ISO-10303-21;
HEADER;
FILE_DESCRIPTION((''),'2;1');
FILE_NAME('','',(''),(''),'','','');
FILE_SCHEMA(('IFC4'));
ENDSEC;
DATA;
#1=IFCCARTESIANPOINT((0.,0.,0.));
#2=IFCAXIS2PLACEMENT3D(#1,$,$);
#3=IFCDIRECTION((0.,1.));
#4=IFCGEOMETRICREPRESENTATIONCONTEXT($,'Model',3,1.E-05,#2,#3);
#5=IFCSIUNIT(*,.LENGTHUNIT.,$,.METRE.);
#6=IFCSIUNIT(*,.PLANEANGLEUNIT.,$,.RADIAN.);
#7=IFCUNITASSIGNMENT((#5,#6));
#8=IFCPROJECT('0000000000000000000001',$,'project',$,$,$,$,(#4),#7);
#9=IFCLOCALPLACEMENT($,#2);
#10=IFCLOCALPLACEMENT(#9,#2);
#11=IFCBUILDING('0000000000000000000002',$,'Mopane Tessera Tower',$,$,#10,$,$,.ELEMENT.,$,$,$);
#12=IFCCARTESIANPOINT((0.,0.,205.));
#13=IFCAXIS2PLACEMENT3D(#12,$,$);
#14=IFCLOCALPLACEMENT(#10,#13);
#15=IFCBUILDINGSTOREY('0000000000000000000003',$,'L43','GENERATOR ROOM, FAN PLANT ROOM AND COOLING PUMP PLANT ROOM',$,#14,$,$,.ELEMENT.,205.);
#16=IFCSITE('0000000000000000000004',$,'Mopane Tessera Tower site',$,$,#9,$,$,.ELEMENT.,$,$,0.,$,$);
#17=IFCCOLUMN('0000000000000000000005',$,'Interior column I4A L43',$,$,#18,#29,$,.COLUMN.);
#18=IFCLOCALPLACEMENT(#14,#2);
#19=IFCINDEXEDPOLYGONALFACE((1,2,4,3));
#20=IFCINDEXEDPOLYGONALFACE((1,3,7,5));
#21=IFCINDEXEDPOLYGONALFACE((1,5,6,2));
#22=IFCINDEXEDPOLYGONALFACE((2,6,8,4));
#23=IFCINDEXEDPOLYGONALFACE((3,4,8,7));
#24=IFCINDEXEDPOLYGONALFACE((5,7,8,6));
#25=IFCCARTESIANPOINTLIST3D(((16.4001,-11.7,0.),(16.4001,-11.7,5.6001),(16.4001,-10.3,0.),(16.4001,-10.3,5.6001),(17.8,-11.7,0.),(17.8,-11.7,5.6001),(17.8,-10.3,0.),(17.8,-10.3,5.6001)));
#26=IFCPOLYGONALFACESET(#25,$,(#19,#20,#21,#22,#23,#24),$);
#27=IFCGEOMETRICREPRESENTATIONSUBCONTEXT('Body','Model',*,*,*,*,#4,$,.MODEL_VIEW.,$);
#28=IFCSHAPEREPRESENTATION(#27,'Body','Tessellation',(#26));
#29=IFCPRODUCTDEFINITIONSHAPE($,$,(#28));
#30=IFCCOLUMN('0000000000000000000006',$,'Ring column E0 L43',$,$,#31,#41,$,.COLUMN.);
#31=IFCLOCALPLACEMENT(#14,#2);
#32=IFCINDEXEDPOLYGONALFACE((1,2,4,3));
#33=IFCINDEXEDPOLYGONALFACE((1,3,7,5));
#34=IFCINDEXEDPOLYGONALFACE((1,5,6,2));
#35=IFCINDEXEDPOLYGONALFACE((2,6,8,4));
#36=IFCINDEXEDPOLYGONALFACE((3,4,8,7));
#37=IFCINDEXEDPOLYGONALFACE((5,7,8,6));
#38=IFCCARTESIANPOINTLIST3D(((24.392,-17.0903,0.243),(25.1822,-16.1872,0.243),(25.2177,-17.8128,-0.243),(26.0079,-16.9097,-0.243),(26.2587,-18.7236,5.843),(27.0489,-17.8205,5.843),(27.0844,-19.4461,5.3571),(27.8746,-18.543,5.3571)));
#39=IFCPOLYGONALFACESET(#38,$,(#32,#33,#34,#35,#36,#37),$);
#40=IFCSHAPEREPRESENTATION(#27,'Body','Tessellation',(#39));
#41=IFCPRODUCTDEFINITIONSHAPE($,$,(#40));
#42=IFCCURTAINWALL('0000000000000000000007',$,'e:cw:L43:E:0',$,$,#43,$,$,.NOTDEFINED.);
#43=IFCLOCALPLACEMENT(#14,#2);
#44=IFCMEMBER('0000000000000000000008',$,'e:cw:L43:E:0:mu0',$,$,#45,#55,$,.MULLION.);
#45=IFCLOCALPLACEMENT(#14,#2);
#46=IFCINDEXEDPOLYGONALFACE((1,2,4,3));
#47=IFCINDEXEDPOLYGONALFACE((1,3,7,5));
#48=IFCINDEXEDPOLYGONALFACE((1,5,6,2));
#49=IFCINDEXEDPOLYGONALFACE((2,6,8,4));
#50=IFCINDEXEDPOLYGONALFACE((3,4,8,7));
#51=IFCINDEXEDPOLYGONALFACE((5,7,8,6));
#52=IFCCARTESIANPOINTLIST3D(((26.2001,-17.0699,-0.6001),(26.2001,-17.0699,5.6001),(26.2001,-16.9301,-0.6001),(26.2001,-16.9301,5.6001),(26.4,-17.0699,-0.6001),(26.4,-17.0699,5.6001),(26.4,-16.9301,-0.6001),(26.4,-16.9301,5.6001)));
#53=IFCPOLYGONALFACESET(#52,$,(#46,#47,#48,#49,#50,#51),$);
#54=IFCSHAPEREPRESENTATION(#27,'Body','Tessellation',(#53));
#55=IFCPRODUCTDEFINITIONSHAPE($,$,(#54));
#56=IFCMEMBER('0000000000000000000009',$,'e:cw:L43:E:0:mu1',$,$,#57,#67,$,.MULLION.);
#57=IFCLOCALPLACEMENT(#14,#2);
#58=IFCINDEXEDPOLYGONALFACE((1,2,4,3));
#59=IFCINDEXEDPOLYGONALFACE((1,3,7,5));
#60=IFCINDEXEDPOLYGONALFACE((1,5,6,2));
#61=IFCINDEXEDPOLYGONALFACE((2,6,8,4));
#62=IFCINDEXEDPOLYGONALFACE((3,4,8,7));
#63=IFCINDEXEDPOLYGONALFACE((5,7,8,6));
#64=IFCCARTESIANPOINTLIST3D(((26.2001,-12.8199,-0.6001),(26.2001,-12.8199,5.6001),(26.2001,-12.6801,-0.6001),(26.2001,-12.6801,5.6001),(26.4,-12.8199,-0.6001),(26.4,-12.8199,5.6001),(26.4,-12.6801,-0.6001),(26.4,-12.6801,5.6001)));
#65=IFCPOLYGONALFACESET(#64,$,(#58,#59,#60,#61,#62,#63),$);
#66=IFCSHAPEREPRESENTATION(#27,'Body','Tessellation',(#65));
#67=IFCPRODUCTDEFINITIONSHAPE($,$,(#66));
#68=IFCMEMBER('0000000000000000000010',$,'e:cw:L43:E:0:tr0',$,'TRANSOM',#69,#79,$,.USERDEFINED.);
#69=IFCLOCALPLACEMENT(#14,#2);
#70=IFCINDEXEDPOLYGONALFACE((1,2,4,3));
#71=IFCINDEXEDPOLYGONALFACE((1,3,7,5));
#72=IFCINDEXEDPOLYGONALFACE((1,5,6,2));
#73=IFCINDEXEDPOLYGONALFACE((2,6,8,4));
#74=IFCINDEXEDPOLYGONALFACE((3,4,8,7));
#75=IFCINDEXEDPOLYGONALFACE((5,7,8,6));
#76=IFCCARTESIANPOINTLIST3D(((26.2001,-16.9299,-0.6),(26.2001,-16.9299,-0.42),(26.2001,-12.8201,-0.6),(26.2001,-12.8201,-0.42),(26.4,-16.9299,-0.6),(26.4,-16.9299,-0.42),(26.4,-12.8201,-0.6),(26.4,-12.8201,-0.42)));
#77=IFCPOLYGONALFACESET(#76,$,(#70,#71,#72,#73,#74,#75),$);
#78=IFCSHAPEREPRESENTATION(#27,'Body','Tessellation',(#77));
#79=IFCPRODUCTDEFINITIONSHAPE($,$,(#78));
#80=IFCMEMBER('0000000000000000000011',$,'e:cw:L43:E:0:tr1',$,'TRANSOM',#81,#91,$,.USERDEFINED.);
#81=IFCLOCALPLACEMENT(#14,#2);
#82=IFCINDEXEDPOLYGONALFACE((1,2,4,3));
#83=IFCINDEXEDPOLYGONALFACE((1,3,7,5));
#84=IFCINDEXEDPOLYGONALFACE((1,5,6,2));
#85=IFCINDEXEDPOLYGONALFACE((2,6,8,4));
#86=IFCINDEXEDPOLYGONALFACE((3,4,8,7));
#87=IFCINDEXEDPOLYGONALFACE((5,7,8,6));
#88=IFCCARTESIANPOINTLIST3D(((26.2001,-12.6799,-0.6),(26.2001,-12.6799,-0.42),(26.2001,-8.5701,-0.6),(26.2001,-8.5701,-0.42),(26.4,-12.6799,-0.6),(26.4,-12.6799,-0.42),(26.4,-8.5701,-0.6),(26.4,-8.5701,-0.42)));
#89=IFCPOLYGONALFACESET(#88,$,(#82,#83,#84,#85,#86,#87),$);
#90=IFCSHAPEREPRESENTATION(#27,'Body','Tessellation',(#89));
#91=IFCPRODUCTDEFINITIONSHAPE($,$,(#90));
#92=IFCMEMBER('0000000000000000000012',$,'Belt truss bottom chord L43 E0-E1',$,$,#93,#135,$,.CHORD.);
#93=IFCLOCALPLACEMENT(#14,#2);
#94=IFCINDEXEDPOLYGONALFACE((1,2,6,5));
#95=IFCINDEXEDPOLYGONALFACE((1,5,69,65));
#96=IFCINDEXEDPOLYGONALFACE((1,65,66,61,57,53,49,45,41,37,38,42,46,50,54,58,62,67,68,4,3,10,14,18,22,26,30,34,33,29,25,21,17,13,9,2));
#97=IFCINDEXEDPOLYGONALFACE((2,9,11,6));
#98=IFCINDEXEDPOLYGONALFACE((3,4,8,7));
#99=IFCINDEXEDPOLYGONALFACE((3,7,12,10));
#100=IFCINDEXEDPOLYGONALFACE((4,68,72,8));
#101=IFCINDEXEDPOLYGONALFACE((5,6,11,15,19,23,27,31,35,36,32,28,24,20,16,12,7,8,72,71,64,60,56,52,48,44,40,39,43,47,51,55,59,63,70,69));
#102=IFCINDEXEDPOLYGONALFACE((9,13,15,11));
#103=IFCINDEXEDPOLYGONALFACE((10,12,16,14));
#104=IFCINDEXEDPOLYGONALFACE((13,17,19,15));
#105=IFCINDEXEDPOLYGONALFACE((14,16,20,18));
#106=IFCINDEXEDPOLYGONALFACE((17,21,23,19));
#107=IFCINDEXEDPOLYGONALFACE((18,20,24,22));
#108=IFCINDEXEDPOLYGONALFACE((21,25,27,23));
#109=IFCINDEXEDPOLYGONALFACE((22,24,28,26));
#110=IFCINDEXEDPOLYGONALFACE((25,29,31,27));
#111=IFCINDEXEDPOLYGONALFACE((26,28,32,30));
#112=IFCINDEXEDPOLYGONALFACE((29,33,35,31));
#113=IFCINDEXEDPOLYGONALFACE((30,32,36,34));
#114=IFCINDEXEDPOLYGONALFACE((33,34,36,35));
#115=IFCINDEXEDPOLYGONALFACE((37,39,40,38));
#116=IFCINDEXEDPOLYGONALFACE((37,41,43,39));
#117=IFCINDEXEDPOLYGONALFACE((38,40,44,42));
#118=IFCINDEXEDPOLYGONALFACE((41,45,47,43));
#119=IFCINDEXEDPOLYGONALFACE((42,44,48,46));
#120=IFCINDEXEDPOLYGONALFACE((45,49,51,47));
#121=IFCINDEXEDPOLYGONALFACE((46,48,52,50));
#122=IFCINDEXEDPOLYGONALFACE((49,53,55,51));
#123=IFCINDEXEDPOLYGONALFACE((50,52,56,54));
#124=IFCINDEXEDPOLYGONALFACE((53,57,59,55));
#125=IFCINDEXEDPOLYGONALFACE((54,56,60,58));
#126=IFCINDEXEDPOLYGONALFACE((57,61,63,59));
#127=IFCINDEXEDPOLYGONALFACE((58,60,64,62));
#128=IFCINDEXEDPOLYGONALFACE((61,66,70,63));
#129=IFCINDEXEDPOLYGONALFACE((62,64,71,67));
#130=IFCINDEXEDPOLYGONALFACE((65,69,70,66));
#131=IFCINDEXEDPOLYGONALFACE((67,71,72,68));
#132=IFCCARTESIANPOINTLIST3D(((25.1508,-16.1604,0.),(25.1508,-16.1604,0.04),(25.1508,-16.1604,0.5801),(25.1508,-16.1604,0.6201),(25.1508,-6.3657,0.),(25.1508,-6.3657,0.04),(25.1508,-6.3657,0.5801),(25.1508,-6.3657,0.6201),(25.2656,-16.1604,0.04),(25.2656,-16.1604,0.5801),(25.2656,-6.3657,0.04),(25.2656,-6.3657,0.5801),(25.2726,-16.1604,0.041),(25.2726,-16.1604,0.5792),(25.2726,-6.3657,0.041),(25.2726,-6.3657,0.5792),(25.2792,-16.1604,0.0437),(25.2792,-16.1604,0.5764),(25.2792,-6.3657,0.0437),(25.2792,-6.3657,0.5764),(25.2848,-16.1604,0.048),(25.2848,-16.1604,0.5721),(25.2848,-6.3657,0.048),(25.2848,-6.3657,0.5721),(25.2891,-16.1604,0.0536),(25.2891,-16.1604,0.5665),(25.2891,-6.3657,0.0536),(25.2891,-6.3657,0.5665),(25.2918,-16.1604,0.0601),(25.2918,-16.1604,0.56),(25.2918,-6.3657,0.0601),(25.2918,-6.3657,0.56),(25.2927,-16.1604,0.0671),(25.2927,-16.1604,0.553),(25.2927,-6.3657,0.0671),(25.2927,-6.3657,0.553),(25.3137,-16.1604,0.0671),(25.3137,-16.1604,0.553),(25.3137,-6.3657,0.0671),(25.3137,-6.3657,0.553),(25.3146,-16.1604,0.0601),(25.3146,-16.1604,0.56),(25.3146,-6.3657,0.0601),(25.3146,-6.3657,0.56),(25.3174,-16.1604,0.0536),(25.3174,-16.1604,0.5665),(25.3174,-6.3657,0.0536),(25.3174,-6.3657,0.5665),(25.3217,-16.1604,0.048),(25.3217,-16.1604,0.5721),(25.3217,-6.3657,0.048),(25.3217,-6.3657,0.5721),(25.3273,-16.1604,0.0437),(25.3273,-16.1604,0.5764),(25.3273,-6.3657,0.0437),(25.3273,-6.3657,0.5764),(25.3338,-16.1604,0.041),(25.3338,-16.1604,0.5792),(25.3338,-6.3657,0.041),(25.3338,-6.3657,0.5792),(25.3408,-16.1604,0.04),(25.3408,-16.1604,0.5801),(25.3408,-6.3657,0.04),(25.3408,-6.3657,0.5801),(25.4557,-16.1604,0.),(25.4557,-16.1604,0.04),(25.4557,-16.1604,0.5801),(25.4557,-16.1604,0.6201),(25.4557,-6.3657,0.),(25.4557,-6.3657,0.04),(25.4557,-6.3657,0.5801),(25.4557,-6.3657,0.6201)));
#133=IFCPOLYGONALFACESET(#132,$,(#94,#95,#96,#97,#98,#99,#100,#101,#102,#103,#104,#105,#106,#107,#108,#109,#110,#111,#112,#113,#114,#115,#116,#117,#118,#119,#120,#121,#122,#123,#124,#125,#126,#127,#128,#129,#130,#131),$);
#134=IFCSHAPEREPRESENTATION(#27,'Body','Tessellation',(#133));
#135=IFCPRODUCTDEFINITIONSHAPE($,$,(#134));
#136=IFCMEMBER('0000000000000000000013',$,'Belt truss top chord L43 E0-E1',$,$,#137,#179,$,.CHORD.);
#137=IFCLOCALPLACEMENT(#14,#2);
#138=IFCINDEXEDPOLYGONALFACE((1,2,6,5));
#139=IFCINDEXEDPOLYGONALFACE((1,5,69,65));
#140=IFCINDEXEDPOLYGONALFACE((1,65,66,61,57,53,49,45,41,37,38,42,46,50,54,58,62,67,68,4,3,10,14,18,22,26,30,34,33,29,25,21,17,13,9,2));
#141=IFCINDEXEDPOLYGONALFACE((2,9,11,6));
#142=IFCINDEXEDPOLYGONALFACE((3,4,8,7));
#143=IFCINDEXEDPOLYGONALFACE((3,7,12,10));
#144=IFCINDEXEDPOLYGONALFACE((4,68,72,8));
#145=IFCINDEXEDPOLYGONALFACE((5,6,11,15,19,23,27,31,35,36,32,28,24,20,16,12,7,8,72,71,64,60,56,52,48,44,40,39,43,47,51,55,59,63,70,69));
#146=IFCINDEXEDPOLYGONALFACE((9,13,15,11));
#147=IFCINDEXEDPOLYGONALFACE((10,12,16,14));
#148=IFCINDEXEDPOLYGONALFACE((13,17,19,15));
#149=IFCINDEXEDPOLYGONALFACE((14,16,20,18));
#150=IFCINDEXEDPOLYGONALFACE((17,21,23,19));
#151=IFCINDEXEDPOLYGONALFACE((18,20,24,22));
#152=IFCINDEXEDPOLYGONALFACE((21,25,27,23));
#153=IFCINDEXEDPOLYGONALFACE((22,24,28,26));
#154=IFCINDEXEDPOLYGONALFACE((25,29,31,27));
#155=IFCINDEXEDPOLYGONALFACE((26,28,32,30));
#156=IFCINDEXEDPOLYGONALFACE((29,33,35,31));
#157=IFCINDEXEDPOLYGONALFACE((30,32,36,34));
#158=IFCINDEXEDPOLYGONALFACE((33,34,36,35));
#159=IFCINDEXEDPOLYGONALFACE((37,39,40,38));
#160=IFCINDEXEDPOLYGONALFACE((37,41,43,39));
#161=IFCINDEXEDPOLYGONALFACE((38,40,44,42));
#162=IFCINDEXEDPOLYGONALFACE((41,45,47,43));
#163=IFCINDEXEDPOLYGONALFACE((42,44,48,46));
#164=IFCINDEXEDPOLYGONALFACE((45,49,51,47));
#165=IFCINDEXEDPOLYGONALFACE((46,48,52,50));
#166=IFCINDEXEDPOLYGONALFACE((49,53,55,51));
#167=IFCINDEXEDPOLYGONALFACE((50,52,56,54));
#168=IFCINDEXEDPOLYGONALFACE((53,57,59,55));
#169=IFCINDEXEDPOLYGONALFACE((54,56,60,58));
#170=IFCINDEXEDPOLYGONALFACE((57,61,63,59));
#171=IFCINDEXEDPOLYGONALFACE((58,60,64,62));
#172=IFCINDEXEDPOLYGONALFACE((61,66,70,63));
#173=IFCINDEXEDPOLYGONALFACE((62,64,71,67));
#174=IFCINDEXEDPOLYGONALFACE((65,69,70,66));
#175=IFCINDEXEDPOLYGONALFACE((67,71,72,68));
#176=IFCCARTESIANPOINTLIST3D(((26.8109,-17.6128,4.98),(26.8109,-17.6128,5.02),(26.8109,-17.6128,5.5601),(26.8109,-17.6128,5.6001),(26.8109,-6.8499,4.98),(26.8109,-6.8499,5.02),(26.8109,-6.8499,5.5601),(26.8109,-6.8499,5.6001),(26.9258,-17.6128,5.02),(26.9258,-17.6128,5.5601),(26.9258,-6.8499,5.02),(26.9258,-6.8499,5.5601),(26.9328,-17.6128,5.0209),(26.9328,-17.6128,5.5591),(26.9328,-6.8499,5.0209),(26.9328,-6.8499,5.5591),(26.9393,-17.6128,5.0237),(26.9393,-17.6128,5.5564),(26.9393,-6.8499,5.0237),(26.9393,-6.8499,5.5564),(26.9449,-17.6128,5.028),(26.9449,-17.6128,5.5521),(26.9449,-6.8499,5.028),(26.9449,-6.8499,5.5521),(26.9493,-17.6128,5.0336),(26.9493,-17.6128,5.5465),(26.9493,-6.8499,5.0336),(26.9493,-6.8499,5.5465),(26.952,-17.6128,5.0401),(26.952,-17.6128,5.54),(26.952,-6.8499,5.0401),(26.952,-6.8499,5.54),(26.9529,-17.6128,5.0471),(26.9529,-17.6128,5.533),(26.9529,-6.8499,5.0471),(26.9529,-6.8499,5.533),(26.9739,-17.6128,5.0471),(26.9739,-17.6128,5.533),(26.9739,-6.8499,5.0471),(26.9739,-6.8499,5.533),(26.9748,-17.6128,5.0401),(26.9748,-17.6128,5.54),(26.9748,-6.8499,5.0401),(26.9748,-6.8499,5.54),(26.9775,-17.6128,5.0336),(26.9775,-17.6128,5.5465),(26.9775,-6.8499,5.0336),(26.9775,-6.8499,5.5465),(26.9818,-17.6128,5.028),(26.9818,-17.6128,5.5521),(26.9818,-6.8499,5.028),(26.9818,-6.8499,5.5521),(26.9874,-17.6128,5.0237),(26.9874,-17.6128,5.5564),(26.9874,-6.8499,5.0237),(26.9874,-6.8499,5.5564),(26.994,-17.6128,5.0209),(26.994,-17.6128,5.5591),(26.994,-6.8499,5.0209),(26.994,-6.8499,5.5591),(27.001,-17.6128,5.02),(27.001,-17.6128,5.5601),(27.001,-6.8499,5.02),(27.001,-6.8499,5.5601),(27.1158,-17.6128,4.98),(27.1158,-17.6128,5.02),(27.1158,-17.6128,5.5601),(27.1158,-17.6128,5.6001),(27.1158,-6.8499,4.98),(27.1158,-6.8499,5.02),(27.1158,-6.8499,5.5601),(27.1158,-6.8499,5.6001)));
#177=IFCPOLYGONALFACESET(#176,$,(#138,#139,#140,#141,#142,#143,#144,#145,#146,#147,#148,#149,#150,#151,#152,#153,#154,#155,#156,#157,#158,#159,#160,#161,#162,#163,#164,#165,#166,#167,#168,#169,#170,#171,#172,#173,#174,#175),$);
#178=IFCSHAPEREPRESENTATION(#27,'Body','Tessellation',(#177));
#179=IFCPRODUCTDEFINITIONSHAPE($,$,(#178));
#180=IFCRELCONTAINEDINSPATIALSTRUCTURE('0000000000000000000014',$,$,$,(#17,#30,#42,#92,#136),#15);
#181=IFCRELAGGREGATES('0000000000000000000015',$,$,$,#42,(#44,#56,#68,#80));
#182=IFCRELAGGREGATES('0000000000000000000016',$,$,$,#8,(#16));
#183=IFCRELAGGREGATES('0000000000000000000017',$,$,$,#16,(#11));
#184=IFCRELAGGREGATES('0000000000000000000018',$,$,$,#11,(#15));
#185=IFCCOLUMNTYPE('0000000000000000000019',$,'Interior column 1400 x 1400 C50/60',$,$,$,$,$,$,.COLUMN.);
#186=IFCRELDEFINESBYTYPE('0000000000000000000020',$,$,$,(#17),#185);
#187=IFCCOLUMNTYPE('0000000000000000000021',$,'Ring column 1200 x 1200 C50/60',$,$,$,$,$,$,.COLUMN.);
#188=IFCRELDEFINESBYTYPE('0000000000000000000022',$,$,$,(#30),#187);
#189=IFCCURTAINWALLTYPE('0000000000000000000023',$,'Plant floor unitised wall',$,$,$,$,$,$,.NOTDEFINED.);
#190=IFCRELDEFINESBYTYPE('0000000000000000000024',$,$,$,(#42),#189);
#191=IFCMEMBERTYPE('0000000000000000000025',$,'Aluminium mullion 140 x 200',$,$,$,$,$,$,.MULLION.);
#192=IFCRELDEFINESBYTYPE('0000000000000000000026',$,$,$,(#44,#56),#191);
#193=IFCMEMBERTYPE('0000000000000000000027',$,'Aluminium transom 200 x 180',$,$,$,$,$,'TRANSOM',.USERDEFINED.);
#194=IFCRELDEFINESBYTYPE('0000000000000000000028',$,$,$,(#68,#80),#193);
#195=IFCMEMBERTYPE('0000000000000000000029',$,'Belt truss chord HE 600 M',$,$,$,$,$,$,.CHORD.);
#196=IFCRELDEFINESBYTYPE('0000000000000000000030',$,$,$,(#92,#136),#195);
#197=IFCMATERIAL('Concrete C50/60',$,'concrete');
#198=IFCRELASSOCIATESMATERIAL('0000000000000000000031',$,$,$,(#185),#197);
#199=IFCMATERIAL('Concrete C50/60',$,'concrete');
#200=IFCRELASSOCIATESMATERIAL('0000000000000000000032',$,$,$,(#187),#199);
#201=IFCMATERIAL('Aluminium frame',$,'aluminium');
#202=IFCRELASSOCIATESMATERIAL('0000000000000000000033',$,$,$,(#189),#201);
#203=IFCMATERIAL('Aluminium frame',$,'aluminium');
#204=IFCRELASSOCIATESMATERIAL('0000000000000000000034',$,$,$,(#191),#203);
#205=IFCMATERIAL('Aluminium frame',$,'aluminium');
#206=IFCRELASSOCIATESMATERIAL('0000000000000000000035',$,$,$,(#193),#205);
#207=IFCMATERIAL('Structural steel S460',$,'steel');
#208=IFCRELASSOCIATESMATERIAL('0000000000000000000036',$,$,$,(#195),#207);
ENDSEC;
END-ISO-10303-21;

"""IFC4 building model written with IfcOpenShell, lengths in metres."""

from ifc_helpers import new_model, si_unit, direction, frame, origin, origin_2d, place, context, subcontext, project, spatial, rectangle, i_section, extrude, material, material_profile, profile_set, type_object, element, aggregate, save


model = new_model("IFC4")

# Units and contexts
model_context = context("Model", 3, precision=1e-05, world=origin(), true_north=direction((0.0, 1.0)))
body_context = subcontext(model_context, "Body", "Model", "MODEL_VIEW")
ifc_project = project(units=[si_unit("LENGTHUNIT", "METRE"), si_unit("PLANEANGLEUNIT", "RADIAN")], contexts=[model_context])

# Site, building, storey
site_placement = place(None, origin())
site = spatial("IfcSite", under=ifc_project, at=site_placement, Name="Mopane Tessera Tower site", CompositionType="ELEMENT", RefElevation=0.0)
building_placement = place(site_placement, origin())
building = spatial("IfcBuilding", under=site, at=building_placement, Name="Mopane Tessera Tower", CompositionType="ELEMENT")
storey_placement = place(building_placement, frame((0.0, 0.0, 205.0)))
storey = spatial("IfcBuildingStorey", under=building, at=storey_placement, Name="L43", Description="GENERATOR ROOM, FAN PLANT ROOM AND COOLING PUMP PLANT ROOM", CompositionType="ELEMENT", Elevation=205.0)

# Columns
ifc_material_1 = material(Name="Concrete C50/60", Category="concrete")
ifc_material_profile_1 = material_profile(ifc_material_1, rectangle(XDim=1.3999, YDim=1.3999, at=origin_2d()))
ifc_profile_set_1 = profile_set([ifc_material_profile_1], Name="Concrete C50/60")
column_type_1 = type_object("IfcColumnType", Name="Interior column 1400 x 1400 C50/60", PredefinedType="COLUMN", material=ifc_profile_set_1)
column_1_placement = place(storey_placement, frame((17.1001, -11.0, 0.0), z_axis=(0.0, 0.0, 1.0), x_axis=(1.0, 0.0, 0.0)))
element("IfcColumn", 1, at=column_1_placement, inside=storey, type_object=column_type_1, Name="Interior column I4A L43", PredefinedType="COLUMN", context=body_context, shape_type="SweptSolid", body=[
    extrude(rectangle(XDim=1.3999, YDim=1.3999, at=origin_2d()), origin(), (0.0, 0.0, 1.0), 5.6001),
])
ifc_material_2 = material(Name="Concrete C50/60", Category="concrete")
ifc_material_profile_2 = material_profile(ifc_material_2, rectangle(XDim=1.2, YDim=1.2, at=origin_2d()))
ifc_profile_set_2 = profile_set([ifc_material_profile_2], Name="Concrete C50/60")
column_type_2 = type_object("IfcColumnType", Name="Ring column 1200 x 1200 C50/60", PredefinedType="COLUMN", material=ifc_profile_set_2)
column_2_placement = place(storey_placement, frame((25.2, -17.0, 0.0), z_axis=(0.304777, -0.26667, 0.91433), x_axis=(0.658491, 0.752589, 0.0)))
element("IfcColumn", 2, at=column_2_placement, inside=storey, type_object=column_type_2, Name="Ring column E0 L43", PredefinedType="COLUMN", context=body_context, shape_type="SweptSolid", body=[
    extrude(rectangle(XDim=1.2, YDim=1.2, at=origin_2d()), origin(), (0.0, 0.0, 1.0), 6.1248),
])

# Curtain wall, members
ifc_material_3 = material(Name="Aluminium frame", Category="aluminium")
curtain_wall_type = type_object("IfcCurtainWallType", Name="Plant floor unitised wall", PredefinedType="NOTDEFINED", material=ifc_material_3)
curtain_wall_placement = place(storey_placement, origin())
curtain_wall = element("IfcCurtainWall", 3, at=curtain_wall_placement, inside=storey, type_object=curtain_wall_type, Name="e:cw:L43:E:0", PredefinedType="NOTDEFINED")
ifc_material_4 = material(Name="Aluminium frame", Category="aluminium")
ifc_material_profile_3 = material_profile(ifc_material_4, rectangle(XDim=0.1399, YDim=0.2, at=origin_2d()))
ifc_profile_set_3 = profile_set([ifc_material_profile_3], Name="Aluminium frame")
member_type_1 = type_object("IfcMemberType", Name="Aluminium mullion 140 x 200", PredefinedType="MULLION", material=ifc_profile_set_3)
member_1_placement = place(storey_placement, frame((26.3, -17.0, -0.6001), z_axis=(0.0, 0.0, 1.0), x_axis=(0.0, 1.0, 0.0)))
member_1 = element("IfcMember", 4, at=member_1_placement, type_object=member_type_1, Name="e:cw:L43:E:0:mu0", PredefinedType="MULLION", context=body_context, shape_type="SweptSolid", body=[
    extrude(rectangle(XDim=0.1399, YDim=0.2, at=origin_2d()), origin(), (0.0, 0.0, 1.0), 6.2002),
])
member_2_placement = place(storey_placement, frame((26.3, -12.75, -0.6001), z_axis=(0.0, 0.0, 1.0), x_axis=(0.0, 1.0, 0.0)))
member_2 = element("IfcMember", 5, at=member_2_placement, type_object=member_type_1, Name="e:cw:L43:E:0:mu1", PredefinedType="MULLION", context=body_context, shape_type="SweptSolid", body=[
    extrude(rectangle(XDim=0.1399, YDim=0.2, at=origin_2d()), origin(), (0.0, 0.0, 1.0), 6.2002),
])
ifc_material_5 = material(Name="Aluminium frame", Category="aluminium")
ifc_material_profile_4 = material_profile(ifc_material_5, rectangle(XDim=0.2, YDim=0.1799, at=origin_2d()))
ifc_profile_set_4 = profile_set([ifc_material_profile_4], Name="Aluminium frame")
member_type_2 = type_object("IfcMemberType", Name="Aluminium transom 200 x 180", ElementType="TRANSOM", PredefinedType="USERDEFINED", material=ifc_profile_set_4)
member_3_placement = place(storey_placement, frame((26.3, -16.9299, -0.51), z_axis=(0.0, 1.0, 0.0), x_axis=(-1.0, 0.0, 0.0)))
member_3 = element("IfcMember", 6, at=member_3_placement, type_object=member_type_2, Name="e:cw:L43:E:0:tr0", ObjectType="TRANSOM", PredefinedType="USERDEFINED", context=body_context, shape_type="SweptSolid", body=[
    extrude(rectangle(XDim=0.2, YDim=0.1799, at=origin_2d()), origin(), (0.0, 0.0, 1.0), 4.1099),
])
member_4_placement = place(storey_placement, frame((26.3, -12.6799, -0.51), z_axis=(0.0, 1.0, 0.0), x_axis=(-1.0, 0.0, 0.0)))
member_4 = element("IfcMember", 7, at=member_4_placement, type_object=member_type_2, Name="e:cw:L43:E:0:tr1", ObjectType="TRANSOM", PredefinedType="USERDEFINED", context=body_context, shape_type="SweptSolid", body=[
    extrude(rectangle(XDim=0.2, YDim=0.1799, at=origin_2d()), origin(), (0.0, 0.0, 1.0), 4.1099),
])

# Members
ifc_material_6 = material(Name="Structural steel S460", Category="steel")
ifc_material_profile_5 = material_profile(ifc_material_6, i_section(OverallWidth=0.3049, OverallDepth=0.6201, WebThickness=0.021, FlangeThickness=0.04, FilletRadius=0.0271, at=origin_2d()))
ifc_profile_set_5 = profile_set([ifc_material_profile_5], Name="Structural steel S460")
member_type_3 = type_object("IfcMemberType", Name="Belt truss chord HE 600 M", PredefinedType="CHORD", material=ifc_profile_set_5)
member_5_placement = place(storey_placement, frame((25.3032, -16.1604, 0.3101), z_axis=(0.0, 1.0, 0.0), x_axis=(-1.0, 0.0, 0.0)))
element("IfcMember", 8, at=member_5_placement, inside=storey, type_object=member_type_3, Name="Belt truss bottom chord L43 E0-E1", PredefinedType="CHORD", context=body_context, shape_type="SweptSolid", body=[
    extrude(i_section(OverallWidth=0.3049, OverallDepth=0.6201, WebThickness=0.021, FlangeThickness=0.04, FilletRadius=0.0271, at=origin_2d()), origin(), (0.0, 0.0, 1.0), 9.7947),
])
member_6_placement = place(storey_placement, frame((26.9634, -17.6128, 5.29), z_axis=(0.0, 1.0, 0.0), x_axis=(-1.0, 0.0, 0.0)))
element("IfcMember", 9, at=member_6_placement, inside=storey, type_object=member_type_3, Name="Belt truss top chord L43 E0-E1", PredefinedType="CHORD", context=body_context, shape_type="SweptSolid", body=[
    extrude(i_section(OverallWidth=0.3049, OverallDepth=0.6201, WebThickness=0.021, FlangeThickness=0.04, FilletRadius=0.0271, at=origin_2d()), origin(), (0.0, 0.0, 1.0), 10.7629),
])

aggregate(curtain_wall, [member_1, member_2, member_3, member_4])

save(model, "model.ifc")
